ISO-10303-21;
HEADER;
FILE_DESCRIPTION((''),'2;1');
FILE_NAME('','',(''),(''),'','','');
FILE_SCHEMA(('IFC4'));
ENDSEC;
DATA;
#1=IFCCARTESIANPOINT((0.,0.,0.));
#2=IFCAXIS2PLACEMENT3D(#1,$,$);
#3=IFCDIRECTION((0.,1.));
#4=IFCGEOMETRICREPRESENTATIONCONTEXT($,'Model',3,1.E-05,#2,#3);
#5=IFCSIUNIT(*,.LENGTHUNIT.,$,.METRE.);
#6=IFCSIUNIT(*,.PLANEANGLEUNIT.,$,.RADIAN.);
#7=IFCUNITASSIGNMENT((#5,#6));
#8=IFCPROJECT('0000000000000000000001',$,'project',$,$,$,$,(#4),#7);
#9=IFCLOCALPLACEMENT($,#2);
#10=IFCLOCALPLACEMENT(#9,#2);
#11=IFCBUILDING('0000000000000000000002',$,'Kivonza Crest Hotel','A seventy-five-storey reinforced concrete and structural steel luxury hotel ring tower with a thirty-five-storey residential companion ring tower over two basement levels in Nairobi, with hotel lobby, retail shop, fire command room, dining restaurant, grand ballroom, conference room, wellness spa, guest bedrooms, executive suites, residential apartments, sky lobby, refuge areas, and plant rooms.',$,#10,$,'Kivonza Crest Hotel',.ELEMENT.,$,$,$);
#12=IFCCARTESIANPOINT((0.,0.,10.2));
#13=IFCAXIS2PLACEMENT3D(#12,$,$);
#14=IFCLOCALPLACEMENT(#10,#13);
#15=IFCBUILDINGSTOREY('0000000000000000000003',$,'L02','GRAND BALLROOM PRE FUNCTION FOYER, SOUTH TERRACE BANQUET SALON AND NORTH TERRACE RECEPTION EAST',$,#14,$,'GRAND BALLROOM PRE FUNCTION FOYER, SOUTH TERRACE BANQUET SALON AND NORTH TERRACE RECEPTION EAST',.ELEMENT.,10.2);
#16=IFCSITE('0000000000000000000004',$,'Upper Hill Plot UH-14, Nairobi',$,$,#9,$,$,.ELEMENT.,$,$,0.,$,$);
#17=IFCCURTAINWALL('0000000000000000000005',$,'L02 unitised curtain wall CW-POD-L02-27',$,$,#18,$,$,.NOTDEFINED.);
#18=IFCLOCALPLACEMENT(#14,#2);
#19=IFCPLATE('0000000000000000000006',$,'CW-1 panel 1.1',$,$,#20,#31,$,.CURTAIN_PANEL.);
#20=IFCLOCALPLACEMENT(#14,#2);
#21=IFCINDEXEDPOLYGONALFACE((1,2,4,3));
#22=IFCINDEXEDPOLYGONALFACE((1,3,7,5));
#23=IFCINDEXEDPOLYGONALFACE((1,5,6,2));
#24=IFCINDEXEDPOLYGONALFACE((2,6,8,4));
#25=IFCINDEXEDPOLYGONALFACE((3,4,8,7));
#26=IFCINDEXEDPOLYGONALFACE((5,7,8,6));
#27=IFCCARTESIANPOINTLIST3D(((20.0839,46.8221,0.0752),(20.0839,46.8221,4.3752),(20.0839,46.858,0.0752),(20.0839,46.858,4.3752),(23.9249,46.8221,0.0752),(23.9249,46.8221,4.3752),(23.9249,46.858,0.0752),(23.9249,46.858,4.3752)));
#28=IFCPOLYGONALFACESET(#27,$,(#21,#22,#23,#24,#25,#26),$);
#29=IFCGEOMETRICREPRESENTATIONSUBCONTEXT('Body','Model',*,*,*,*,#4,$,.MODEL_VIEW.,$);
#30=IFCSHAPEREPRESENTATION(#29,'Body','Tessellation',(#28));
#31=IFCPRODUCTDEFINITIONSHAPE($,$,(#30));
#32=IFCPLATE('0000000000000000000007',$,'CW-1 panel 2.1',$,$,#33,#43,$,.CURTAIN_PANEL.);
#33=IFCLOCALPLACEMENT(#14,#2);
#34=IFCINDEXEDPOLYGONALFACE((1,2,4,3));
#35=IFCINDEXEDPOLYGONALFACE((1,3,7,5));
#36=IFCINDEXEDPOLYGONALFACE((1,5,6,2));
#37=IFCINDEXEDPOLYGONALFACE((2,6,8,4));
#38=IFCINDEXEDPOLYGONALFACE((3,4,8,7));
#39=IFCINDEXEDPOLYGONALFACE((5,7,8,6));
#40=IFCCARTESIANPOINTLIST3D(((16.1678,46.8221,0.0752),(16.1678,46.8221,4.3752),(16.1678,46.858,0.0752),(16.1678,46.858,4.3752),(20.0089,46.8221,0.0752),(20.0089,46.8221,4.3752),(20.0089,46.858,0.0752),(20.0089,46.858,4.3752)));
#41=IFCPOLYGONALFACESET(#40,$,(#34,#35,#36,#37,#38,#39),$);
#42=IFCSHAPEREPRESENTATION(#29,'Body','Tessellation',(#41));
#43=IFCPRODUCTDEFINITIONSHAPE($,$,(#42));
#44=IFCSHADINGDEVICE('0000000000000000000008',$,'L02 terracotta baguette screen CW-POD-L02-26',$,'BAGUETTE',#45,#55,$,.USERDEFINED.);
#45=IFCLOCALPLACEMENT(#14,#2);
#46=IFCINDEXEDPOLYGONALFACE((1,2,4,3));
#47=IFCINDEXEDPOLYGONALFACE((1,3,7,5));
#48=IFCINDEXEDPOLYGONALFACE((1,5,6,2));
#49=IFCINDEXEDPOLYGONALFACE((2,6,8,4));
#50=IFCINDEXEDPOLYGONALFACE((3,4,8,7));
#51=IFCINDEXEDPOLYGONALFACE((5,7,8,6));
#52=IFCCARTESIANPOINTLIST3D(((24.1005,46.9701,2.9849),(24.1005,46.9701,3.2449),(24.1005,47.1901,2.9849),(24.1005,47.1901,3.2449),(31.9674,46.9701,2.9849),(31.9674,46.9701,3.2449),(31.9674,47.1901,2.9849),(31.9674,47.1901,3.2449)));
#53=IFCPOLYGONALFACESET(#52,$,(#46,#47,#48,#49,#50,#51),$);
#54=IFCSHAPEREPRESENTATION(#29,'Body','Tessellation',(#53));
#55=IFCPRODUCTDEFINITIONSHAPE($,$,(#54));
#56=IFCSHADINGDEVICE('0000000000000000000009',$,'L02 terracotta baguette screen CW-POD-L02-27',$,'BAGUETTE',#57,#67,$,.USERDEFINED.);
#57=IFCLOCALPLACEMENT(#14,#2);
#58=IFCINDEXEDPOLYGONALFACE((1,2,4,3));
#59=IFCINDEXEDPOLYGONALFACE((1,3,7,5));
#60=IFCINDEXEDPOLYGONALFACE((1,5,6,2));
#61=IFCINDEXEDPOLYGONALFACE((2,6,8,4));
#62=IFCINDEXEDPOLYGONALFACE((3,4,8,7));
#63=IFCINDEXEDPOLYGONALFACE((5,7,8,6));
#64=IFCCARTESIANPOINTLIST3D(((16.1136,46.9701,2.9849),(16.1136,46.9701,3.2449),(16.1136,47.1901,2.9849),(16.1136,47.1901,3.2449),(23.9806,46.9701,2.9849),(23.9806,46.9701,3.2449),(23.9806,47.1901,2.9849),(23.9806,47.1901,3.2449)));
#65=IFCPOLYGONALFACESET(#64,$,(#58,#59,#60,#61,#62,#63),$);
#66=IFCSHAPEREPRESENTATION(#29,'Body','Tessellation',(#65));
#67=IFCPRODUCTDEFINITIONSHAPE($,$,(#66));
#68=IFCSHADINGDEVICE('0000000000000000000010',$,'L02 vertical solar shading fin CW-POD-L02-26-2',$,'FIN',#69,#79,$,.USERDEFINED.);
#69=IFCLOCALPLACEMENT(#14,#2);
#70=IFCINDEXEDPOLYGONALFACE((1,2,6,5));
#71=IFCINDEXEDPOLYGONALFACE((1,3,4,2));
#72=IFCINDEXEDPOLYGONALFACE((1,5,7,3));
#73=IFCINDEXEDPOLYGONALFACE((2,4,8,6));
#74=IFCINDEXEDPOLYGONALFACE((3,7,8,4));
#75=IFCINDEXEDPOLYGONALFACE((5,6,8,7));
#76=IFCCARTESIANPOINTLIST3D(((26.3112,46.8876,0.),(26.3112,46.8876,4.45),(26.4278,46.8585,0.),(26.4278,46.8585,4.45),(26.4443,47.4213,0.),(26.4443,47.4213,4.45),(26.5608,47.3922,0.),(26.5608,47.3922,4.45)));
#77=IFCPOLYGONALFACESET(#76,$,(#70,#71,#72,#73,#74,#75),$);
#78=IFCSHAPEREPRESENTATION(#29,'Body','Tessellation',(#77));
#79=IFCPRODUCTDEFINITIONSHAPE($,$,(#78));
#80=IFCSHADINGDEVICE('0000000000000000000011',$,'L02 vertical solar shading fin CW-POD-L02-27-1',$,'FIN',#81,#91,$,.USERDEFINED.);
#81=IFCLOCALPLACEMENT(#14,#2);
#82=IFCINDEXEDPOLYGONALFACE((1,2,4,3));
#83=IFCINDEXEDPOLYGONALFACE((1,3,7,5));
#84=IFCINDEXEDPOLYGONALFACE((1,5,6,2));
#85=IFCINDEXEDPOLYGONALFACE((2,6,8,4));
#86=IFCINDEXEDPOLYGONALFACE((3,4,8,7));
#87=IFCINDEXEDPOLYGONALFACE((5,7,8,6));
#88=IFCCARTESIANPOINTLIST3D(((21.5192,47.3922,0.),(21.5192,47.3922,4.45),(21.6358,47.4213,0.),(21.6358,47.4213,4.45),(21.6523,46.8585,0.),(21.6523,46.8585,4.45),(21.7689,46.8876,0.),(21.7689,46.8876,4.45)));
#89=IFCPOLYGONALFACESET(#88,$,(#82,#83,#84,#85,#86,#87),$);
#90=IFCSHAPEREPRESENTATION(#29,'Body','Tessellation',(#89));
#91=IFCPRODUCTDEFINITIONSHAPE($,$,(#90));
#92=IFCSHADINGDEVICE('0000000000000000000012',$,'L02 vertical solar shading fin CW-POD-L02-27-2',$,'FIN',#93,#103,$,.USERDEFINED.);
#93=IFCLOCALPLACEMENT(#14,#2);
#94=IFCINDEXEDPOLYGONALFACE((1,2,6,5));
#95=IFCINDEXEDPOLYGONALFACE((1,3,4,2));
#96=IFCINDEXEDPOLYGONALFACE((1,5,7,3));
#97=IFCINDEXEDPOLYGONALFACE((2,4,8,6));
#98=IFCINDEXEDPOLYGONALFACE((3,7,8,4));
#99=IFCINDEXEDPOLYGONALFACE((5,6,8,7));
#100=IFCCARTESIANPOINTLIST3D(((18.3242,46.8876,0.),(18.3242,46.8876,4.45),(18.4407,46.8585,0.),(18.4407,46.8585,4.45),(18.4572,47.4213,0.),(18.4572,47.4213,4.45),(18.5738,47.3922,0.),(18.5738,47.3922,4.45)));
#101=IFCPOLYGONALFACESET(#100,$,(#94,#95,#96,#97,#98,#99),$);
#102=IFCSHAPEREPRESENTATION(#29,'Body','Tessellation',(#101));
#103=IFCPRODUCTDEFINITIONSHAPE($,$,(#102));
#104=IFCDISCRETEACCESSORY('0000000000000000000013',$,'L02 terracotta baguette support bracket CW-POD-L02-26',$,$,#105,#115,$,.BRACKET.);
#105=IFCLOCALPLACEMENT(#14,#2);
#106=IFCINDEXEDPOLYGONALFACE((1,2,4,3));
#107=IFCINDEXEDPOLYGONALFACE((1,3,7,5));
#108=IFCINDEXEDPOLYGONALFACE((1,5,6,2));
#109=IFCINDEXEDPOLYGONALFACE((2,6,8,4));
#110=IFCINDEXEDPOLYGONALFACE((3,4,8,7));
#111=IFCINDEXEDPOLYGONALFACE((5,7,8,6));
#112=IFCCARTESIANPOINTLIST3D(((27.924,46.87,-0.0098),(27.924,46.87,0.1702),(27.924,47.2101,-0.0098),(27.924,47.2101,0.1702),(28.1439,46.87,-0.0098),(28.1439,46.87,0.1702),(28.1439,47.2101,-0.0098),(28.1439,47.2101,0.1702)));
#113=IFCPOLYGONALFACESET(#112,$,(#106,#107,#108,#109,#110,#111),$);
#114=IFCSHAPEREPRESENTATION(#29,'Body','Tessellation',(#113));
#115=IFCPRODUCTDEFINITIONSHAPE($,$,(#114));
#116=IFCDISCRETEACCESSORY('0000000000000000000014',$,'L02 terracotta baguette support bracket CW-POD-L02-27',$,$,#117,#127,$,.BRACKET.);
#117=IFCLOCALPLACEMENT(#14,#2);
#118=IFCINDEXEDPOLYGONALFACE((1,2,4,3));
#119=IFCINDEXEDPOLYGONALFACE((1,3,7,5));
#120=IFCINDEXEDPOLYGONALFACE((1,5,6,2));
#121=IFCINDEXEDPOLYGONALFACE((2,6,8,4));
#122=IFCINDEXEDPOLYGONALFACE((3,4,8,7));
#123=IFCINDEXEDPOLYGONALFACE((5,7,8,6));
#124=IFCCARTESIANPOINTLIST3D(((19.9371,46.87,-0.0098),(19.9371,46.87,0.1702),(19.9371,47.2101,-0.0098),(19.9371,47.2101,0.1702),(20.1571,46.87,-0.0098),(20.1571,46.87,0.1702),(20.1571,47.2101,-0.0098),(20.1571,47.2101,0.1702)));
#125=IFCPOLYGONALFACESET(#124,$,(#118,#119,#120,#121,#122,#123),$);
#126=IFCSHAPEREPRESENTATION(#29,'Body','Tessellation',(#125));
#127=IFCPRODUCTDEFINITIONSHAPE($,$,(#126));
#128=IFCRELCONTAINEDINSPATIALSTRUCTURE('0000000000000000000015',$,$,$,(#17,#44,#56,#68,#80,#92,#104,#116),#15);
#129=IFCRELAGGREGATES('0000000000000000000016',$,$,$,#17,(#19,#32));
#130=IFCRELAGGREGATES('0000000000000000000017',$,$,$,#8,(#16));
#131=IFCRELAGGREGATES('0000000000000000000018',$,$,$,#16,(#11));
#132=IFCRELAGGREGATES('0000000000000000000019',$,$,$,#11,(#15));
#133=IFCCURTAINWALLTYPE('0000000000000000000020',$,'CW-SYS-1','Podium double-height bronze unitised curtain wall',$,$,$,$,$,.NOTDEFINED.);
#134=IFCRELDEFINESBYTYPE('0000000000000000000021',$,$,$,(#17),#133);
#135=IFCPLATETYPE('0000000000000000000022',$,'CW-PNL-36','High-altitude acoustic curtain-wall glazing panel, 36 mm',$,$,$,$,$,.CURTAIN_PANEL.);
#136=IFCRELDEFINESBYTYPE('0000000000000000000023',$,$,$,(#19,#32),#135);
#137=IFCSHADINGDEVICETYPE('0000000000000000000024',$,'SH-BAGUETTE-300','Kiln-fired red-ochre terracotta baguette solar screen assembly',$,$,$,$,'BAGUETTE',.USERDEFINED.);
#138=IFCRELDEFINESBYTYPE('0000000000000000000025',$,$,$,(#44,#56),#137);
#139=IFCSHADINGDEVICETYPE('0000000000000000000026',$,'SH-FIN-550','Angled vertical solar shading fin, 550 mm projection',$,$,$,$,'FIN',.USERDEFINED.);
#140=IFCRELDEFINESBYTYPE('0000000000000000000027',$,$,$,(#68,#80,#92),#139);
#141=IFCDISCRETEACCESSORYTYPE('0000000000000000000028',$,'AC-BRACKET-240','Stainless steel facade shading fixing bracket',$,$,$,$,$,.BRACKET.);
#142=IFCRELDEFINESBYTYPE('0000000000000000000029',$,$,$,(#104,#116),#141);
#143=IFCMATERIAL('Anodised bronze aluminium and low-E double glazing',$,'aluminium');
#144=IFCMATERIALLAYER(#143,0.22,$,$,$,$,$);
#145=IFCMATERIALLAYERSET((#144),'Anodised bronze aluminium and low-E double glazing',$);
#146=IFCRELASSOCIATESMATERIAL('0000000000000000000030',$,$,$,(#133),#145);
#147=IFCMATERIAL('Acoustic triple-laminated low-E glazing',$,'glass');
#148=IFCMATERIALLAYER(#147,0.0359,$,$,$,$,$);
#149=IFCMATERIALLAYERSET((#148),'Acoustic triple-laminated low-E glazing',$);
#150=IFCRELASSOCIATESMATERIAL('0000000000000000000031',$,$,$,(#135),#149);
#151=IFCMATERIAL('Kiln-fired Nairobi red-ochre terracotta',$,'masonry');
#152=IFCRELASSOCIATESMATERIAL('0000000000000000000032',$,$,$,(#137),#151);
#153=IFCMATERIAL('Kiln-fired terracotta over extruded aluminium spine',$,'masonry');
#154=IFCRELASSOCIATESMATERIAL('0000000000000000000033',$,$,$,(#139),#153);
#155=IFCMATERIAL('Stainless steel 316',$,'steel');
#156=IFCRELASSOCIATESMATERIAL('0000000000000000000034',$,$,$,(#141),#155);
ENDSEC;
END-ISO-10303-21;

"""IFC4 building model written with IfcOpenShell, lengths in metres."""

from ifc_helpers import new_model, si_unit, direction, frame, origin, origin_2d, place, context, subcontext, project, spatial, rectangle, extrude, material, layer, layer_set, type_object, element, aggregate, save


model = new_model("IFC4")

# Units and contexts
model_context = context("Model", 3, precision=1e-05, world=origin(), true_north=direction((0.0, 1.0)))
body_context = subcontext(model_context, "Body", "Model", "MODEL_VIEW")
ifc_project = project(units=[si_unit("LENGTHUNIT", "METRE"), si_unit("PLANEANGLEUNIT", "RADIAN")], contexts=[model_context])

# Site, building, storey
site_placement = place(None, origin())
site = spatial("IfcSite", under=ifc_project, at=site_placement, Name="Upper Hill Plot UH-14, Nairobi", CompositionType="ELEMENT", RefElevation=0.0)
building_placement = place(site_placement, origin())
building = spatial("IfcBuilding", under=site, at=building_placement, Name="Kivonza Crest Hotel", Description="A seventy-five-storey reinforced concrete and structural steel luxury hotel ring tower with a thirty-five-storey residential companion ring tower over two basement levels in Nairobi, with hotel lobby, retail shop, fire command room, dining restaurant, grand ballroom, conference room, wellness spa, guest bedrooms, executive suites, residential apartments, sky lobby, refuge areas, and plant rooms.", LongName="Kivonza Crest Hotel", CompositionType="ELEMENT")
storey_placement = place(building_placement, frame((0.0, 0.0, 10.2)))
storey = spatial("IfcBuildingStorey", under=building, at=storey_placement, Name="L02", Description="GRAND BALLROOM PRE FUNCTION FOYER, SOUTH TERRACE BANQUET SALON AND NORTH TERRACE RECEPTION EAST", LongName="GRAND BALLROOM PRE FUNCTION FOYER, SOUTH TERRACE BANQUET SALON AND NORTH TERRACE RECEPTION EAST", CompositionType="ELEMENT", Elevation=10.2)

# Curtain wall
ifc_material_1 = material(Name="Anodised bronze aluminium and low-E double glazing", Category="aluminium")
ifc_layer_1 = layer(ifc_material_1, 0.22)
ifc_layer_set_1 = layer_set([ifc_layer_1], Name="Anodised bronze aluminium and low-E double glazing")
curtain_wall_type = type_object("IfcCurtainWallType", Name="CW-SYS-1", Description="Podium double-height bronze unitised curtain wall", PredefinedType="NOTDEFINED", material=ifc_layer_set_1)
curtain_wall_1_placement = place(storey_placement, origin())
curtain_wall_1 = element("IfcCurtainWall", 1, at=curtain_wall_1_placement, inside=storey, type_object=curtain_wall_type, Name="L02 unitised curtain wall CW-POD-L02-27", PredefinedType="NOTDEFINED")

# Plates
ifc_material_2 = material(Name="Acoustic triple-laminated low-E glazing", Category="glass")
ifc_layer_2 = layer(ifc_material_2, 0.0359)
ifc_layer_set_2 = layer_set([ifc_layer_2], Name="Acoustic triple-laminated low-E glazing")
plate_type = type_object("IfcPlateType", Name="CW-PNL-36", Description="High-altitude acoustic curtain-wall glazing panel, 36 mm", PredefinedType="CURTAIN_PANEL", material=ifc_layer_set_2)
plate_1_placement = place(storey_placement, frame((22.0044, 46.8401, 0.0752), z_axis=(0.0, 0.0, 1.0), x_axis=(-1.0, 0.0, 0.0)))
plate_1 = element("IfcPlate", 2, at=plate_1_placement, type_object=plate_type, Name="CW-1 panel 1.1", PredefinedType="CURTAIN_PANEL", context=body_context, shape_type="SweptSolid", body=[
    extrude(rectangle(XDim=3.8411, YDim=0.0359, at=origin_2d()), origin(), (0.0, 0.0, 1.0), 4.3),
])
plate_2_placement = place(storey_placement, frame((18.0884, 46.8401, 0.0752), z_axis=(0.0, 0.0, 1.0), x_axis=(-1.0, 0.0, 0.0)))
plate_2 = element("IfcPlate", 3, at=plate_2_placement, type_object=plate_type, Name="CW-1 panel 2.1", PredefinedType="CURTAIN_PANEL", context=body_context, shape_type="SweptSolid", body=[
    extrude(rectangle(XDim=3.8411, YDim=0.0359, at=origin_2d()), origin(), (0.0, 0.0, 1.0), 4.3),
])
aggregate(curtain_wall_1, [plate_1, plate_2])

# Shading devices
ifc_material_3 = material(Name="Kiln-fired Nairobi red-ochre terracotta", Category="masonry")
shading_device_type_1 = type_object("IfcShadingDeviceType", Name="SH-BAGUETTE-300", Description="Kiln-fired red-ochre terracotta baguette solar screen assembly", ElementType="BAGUETTE", PredefinedType="USERDEFINED", material=ifc_material_3)
for number, where, z_axis, x_axis, name in (
    (4, (28.0339, 47.0801, 2.9849), (0.0, 0.0, 1.0), (-1.0, 0.0, 0.0), "L02 terracotta baguette screen CW-POD-L02-26"),
    (5, (20.0471, 47.0801, 2.9849), (0.0, 0.0, 1.0), (-1.0, 0.0, 0.0), "L02 terracotta baguette screen CW-POD-L02-27"),
):
    element("IfcShadingDevice", number, at=place(storey_placement, frame(where, z_axis=z_axis, x_axis=x_axis)), inside=storey, type_object=shading_device_type_1, Name=name, ObjectType="BAGUETTE", PredefinedType="USERDEFINED", context=body_context, shape_type="SweptSolid", body=[
        extrude(rectangle(XDim=7.8669, YDim=0.22, at=origin_2d()), origin(), (0.0, 0.0, 1.0), 0.26),
    ])
ifc_material_4 = material(Name="Kiln-fired terracotta over extruded aluminium spine", Category="masonry")
shading_device_type_2 = type_object("IfcShadingDeviceType", Name="SH-FIN-550", Description="Angled vertical solar shading fin, 550 mm projection", ElementType="FIN", PredefinedType="USERDEFINED", material=ifc_material_4)
for number, where, z_axis, x_axis, name in (
    (6, (26.436, 47.1399, 0.0), (0.0, 0.0, 1.0), (-0.970296, 0.241922, 0.0), "L02 vertical solar shading fin CW-POD-L02-26-2"),
    (7, (21.644, 47.1399, 0.0), (0.0, 0.0, 1.0), (-0.970296, -0.241922, 0.0), "L02 vertical solar shading fin CW-POD-L02-27-1"),
    (8, (18.449, 47.1399, 0.0), (0.0, 0.0, 1.0), (-0.970296, 0.241922, 0.0), "L02 vertical solar shading fin CW-POD-L02-27-2"),
):
    element("IfcShadingDevice", number, at=place(storey_placement, frame(where, z_axis=z_axis, x_axis=x_axis)), inside=storey, type_object=shading_device_type_2, Name=name, ObjectType="FIN", PredefinedType="USERDEFINED", context=body_context, shape_type="SweptSolid", body=[
        extrude(rectangle(XDim=0.1201, YDim=0.55, at=origin_2d()), origin(), (0.0, 0.0, 1.0), 4.45),
    ])

# Discrete accessories
ifc_material_5 = material(Name="Stainless steel 316", Category="steel")
discrete_accessory_type = type_object("IfcDiscreteAccessoryType", Name="AC-BRACKET-240", Description="Stainless steel facade shading fixing bracket", PredefinedType="BRACKET", material=ifc_material_5)
for number, where, z_axis, x_axis, name in (
    (9, (28.0339, 47.04, -0.0098), (0.0, 0.0, 1.0), (-1.0, 0.0, 0.0), "L02 terracotta baguette support bracket CW-POD-L02-26"),
    (10, (20.0471, 47.04, -0.0098), (0.0, 0.0, 1.0), (-1.0, 0.0, 0.0), "L02 terracotta baguette support bracket CW-POD-L02-27"),
):
    element("IfcDiscreteAccessory", number, at=place(storey_placement, frame(where, z_axis=z_axis, x_axis=x_axis)), inside=storey, type_object=discrete_accessory_type, Name=name, PredefinedType="BRACKET", context=body_context, shape_type="SweptSolid", body=[
        extrude(rectangle(XDim=0.22, YDim=0.3401, at=origin_2d()), origin(), (0.0, 0.0, 1.0), 0.1799),
    ])

save(model, "model.ifc")
